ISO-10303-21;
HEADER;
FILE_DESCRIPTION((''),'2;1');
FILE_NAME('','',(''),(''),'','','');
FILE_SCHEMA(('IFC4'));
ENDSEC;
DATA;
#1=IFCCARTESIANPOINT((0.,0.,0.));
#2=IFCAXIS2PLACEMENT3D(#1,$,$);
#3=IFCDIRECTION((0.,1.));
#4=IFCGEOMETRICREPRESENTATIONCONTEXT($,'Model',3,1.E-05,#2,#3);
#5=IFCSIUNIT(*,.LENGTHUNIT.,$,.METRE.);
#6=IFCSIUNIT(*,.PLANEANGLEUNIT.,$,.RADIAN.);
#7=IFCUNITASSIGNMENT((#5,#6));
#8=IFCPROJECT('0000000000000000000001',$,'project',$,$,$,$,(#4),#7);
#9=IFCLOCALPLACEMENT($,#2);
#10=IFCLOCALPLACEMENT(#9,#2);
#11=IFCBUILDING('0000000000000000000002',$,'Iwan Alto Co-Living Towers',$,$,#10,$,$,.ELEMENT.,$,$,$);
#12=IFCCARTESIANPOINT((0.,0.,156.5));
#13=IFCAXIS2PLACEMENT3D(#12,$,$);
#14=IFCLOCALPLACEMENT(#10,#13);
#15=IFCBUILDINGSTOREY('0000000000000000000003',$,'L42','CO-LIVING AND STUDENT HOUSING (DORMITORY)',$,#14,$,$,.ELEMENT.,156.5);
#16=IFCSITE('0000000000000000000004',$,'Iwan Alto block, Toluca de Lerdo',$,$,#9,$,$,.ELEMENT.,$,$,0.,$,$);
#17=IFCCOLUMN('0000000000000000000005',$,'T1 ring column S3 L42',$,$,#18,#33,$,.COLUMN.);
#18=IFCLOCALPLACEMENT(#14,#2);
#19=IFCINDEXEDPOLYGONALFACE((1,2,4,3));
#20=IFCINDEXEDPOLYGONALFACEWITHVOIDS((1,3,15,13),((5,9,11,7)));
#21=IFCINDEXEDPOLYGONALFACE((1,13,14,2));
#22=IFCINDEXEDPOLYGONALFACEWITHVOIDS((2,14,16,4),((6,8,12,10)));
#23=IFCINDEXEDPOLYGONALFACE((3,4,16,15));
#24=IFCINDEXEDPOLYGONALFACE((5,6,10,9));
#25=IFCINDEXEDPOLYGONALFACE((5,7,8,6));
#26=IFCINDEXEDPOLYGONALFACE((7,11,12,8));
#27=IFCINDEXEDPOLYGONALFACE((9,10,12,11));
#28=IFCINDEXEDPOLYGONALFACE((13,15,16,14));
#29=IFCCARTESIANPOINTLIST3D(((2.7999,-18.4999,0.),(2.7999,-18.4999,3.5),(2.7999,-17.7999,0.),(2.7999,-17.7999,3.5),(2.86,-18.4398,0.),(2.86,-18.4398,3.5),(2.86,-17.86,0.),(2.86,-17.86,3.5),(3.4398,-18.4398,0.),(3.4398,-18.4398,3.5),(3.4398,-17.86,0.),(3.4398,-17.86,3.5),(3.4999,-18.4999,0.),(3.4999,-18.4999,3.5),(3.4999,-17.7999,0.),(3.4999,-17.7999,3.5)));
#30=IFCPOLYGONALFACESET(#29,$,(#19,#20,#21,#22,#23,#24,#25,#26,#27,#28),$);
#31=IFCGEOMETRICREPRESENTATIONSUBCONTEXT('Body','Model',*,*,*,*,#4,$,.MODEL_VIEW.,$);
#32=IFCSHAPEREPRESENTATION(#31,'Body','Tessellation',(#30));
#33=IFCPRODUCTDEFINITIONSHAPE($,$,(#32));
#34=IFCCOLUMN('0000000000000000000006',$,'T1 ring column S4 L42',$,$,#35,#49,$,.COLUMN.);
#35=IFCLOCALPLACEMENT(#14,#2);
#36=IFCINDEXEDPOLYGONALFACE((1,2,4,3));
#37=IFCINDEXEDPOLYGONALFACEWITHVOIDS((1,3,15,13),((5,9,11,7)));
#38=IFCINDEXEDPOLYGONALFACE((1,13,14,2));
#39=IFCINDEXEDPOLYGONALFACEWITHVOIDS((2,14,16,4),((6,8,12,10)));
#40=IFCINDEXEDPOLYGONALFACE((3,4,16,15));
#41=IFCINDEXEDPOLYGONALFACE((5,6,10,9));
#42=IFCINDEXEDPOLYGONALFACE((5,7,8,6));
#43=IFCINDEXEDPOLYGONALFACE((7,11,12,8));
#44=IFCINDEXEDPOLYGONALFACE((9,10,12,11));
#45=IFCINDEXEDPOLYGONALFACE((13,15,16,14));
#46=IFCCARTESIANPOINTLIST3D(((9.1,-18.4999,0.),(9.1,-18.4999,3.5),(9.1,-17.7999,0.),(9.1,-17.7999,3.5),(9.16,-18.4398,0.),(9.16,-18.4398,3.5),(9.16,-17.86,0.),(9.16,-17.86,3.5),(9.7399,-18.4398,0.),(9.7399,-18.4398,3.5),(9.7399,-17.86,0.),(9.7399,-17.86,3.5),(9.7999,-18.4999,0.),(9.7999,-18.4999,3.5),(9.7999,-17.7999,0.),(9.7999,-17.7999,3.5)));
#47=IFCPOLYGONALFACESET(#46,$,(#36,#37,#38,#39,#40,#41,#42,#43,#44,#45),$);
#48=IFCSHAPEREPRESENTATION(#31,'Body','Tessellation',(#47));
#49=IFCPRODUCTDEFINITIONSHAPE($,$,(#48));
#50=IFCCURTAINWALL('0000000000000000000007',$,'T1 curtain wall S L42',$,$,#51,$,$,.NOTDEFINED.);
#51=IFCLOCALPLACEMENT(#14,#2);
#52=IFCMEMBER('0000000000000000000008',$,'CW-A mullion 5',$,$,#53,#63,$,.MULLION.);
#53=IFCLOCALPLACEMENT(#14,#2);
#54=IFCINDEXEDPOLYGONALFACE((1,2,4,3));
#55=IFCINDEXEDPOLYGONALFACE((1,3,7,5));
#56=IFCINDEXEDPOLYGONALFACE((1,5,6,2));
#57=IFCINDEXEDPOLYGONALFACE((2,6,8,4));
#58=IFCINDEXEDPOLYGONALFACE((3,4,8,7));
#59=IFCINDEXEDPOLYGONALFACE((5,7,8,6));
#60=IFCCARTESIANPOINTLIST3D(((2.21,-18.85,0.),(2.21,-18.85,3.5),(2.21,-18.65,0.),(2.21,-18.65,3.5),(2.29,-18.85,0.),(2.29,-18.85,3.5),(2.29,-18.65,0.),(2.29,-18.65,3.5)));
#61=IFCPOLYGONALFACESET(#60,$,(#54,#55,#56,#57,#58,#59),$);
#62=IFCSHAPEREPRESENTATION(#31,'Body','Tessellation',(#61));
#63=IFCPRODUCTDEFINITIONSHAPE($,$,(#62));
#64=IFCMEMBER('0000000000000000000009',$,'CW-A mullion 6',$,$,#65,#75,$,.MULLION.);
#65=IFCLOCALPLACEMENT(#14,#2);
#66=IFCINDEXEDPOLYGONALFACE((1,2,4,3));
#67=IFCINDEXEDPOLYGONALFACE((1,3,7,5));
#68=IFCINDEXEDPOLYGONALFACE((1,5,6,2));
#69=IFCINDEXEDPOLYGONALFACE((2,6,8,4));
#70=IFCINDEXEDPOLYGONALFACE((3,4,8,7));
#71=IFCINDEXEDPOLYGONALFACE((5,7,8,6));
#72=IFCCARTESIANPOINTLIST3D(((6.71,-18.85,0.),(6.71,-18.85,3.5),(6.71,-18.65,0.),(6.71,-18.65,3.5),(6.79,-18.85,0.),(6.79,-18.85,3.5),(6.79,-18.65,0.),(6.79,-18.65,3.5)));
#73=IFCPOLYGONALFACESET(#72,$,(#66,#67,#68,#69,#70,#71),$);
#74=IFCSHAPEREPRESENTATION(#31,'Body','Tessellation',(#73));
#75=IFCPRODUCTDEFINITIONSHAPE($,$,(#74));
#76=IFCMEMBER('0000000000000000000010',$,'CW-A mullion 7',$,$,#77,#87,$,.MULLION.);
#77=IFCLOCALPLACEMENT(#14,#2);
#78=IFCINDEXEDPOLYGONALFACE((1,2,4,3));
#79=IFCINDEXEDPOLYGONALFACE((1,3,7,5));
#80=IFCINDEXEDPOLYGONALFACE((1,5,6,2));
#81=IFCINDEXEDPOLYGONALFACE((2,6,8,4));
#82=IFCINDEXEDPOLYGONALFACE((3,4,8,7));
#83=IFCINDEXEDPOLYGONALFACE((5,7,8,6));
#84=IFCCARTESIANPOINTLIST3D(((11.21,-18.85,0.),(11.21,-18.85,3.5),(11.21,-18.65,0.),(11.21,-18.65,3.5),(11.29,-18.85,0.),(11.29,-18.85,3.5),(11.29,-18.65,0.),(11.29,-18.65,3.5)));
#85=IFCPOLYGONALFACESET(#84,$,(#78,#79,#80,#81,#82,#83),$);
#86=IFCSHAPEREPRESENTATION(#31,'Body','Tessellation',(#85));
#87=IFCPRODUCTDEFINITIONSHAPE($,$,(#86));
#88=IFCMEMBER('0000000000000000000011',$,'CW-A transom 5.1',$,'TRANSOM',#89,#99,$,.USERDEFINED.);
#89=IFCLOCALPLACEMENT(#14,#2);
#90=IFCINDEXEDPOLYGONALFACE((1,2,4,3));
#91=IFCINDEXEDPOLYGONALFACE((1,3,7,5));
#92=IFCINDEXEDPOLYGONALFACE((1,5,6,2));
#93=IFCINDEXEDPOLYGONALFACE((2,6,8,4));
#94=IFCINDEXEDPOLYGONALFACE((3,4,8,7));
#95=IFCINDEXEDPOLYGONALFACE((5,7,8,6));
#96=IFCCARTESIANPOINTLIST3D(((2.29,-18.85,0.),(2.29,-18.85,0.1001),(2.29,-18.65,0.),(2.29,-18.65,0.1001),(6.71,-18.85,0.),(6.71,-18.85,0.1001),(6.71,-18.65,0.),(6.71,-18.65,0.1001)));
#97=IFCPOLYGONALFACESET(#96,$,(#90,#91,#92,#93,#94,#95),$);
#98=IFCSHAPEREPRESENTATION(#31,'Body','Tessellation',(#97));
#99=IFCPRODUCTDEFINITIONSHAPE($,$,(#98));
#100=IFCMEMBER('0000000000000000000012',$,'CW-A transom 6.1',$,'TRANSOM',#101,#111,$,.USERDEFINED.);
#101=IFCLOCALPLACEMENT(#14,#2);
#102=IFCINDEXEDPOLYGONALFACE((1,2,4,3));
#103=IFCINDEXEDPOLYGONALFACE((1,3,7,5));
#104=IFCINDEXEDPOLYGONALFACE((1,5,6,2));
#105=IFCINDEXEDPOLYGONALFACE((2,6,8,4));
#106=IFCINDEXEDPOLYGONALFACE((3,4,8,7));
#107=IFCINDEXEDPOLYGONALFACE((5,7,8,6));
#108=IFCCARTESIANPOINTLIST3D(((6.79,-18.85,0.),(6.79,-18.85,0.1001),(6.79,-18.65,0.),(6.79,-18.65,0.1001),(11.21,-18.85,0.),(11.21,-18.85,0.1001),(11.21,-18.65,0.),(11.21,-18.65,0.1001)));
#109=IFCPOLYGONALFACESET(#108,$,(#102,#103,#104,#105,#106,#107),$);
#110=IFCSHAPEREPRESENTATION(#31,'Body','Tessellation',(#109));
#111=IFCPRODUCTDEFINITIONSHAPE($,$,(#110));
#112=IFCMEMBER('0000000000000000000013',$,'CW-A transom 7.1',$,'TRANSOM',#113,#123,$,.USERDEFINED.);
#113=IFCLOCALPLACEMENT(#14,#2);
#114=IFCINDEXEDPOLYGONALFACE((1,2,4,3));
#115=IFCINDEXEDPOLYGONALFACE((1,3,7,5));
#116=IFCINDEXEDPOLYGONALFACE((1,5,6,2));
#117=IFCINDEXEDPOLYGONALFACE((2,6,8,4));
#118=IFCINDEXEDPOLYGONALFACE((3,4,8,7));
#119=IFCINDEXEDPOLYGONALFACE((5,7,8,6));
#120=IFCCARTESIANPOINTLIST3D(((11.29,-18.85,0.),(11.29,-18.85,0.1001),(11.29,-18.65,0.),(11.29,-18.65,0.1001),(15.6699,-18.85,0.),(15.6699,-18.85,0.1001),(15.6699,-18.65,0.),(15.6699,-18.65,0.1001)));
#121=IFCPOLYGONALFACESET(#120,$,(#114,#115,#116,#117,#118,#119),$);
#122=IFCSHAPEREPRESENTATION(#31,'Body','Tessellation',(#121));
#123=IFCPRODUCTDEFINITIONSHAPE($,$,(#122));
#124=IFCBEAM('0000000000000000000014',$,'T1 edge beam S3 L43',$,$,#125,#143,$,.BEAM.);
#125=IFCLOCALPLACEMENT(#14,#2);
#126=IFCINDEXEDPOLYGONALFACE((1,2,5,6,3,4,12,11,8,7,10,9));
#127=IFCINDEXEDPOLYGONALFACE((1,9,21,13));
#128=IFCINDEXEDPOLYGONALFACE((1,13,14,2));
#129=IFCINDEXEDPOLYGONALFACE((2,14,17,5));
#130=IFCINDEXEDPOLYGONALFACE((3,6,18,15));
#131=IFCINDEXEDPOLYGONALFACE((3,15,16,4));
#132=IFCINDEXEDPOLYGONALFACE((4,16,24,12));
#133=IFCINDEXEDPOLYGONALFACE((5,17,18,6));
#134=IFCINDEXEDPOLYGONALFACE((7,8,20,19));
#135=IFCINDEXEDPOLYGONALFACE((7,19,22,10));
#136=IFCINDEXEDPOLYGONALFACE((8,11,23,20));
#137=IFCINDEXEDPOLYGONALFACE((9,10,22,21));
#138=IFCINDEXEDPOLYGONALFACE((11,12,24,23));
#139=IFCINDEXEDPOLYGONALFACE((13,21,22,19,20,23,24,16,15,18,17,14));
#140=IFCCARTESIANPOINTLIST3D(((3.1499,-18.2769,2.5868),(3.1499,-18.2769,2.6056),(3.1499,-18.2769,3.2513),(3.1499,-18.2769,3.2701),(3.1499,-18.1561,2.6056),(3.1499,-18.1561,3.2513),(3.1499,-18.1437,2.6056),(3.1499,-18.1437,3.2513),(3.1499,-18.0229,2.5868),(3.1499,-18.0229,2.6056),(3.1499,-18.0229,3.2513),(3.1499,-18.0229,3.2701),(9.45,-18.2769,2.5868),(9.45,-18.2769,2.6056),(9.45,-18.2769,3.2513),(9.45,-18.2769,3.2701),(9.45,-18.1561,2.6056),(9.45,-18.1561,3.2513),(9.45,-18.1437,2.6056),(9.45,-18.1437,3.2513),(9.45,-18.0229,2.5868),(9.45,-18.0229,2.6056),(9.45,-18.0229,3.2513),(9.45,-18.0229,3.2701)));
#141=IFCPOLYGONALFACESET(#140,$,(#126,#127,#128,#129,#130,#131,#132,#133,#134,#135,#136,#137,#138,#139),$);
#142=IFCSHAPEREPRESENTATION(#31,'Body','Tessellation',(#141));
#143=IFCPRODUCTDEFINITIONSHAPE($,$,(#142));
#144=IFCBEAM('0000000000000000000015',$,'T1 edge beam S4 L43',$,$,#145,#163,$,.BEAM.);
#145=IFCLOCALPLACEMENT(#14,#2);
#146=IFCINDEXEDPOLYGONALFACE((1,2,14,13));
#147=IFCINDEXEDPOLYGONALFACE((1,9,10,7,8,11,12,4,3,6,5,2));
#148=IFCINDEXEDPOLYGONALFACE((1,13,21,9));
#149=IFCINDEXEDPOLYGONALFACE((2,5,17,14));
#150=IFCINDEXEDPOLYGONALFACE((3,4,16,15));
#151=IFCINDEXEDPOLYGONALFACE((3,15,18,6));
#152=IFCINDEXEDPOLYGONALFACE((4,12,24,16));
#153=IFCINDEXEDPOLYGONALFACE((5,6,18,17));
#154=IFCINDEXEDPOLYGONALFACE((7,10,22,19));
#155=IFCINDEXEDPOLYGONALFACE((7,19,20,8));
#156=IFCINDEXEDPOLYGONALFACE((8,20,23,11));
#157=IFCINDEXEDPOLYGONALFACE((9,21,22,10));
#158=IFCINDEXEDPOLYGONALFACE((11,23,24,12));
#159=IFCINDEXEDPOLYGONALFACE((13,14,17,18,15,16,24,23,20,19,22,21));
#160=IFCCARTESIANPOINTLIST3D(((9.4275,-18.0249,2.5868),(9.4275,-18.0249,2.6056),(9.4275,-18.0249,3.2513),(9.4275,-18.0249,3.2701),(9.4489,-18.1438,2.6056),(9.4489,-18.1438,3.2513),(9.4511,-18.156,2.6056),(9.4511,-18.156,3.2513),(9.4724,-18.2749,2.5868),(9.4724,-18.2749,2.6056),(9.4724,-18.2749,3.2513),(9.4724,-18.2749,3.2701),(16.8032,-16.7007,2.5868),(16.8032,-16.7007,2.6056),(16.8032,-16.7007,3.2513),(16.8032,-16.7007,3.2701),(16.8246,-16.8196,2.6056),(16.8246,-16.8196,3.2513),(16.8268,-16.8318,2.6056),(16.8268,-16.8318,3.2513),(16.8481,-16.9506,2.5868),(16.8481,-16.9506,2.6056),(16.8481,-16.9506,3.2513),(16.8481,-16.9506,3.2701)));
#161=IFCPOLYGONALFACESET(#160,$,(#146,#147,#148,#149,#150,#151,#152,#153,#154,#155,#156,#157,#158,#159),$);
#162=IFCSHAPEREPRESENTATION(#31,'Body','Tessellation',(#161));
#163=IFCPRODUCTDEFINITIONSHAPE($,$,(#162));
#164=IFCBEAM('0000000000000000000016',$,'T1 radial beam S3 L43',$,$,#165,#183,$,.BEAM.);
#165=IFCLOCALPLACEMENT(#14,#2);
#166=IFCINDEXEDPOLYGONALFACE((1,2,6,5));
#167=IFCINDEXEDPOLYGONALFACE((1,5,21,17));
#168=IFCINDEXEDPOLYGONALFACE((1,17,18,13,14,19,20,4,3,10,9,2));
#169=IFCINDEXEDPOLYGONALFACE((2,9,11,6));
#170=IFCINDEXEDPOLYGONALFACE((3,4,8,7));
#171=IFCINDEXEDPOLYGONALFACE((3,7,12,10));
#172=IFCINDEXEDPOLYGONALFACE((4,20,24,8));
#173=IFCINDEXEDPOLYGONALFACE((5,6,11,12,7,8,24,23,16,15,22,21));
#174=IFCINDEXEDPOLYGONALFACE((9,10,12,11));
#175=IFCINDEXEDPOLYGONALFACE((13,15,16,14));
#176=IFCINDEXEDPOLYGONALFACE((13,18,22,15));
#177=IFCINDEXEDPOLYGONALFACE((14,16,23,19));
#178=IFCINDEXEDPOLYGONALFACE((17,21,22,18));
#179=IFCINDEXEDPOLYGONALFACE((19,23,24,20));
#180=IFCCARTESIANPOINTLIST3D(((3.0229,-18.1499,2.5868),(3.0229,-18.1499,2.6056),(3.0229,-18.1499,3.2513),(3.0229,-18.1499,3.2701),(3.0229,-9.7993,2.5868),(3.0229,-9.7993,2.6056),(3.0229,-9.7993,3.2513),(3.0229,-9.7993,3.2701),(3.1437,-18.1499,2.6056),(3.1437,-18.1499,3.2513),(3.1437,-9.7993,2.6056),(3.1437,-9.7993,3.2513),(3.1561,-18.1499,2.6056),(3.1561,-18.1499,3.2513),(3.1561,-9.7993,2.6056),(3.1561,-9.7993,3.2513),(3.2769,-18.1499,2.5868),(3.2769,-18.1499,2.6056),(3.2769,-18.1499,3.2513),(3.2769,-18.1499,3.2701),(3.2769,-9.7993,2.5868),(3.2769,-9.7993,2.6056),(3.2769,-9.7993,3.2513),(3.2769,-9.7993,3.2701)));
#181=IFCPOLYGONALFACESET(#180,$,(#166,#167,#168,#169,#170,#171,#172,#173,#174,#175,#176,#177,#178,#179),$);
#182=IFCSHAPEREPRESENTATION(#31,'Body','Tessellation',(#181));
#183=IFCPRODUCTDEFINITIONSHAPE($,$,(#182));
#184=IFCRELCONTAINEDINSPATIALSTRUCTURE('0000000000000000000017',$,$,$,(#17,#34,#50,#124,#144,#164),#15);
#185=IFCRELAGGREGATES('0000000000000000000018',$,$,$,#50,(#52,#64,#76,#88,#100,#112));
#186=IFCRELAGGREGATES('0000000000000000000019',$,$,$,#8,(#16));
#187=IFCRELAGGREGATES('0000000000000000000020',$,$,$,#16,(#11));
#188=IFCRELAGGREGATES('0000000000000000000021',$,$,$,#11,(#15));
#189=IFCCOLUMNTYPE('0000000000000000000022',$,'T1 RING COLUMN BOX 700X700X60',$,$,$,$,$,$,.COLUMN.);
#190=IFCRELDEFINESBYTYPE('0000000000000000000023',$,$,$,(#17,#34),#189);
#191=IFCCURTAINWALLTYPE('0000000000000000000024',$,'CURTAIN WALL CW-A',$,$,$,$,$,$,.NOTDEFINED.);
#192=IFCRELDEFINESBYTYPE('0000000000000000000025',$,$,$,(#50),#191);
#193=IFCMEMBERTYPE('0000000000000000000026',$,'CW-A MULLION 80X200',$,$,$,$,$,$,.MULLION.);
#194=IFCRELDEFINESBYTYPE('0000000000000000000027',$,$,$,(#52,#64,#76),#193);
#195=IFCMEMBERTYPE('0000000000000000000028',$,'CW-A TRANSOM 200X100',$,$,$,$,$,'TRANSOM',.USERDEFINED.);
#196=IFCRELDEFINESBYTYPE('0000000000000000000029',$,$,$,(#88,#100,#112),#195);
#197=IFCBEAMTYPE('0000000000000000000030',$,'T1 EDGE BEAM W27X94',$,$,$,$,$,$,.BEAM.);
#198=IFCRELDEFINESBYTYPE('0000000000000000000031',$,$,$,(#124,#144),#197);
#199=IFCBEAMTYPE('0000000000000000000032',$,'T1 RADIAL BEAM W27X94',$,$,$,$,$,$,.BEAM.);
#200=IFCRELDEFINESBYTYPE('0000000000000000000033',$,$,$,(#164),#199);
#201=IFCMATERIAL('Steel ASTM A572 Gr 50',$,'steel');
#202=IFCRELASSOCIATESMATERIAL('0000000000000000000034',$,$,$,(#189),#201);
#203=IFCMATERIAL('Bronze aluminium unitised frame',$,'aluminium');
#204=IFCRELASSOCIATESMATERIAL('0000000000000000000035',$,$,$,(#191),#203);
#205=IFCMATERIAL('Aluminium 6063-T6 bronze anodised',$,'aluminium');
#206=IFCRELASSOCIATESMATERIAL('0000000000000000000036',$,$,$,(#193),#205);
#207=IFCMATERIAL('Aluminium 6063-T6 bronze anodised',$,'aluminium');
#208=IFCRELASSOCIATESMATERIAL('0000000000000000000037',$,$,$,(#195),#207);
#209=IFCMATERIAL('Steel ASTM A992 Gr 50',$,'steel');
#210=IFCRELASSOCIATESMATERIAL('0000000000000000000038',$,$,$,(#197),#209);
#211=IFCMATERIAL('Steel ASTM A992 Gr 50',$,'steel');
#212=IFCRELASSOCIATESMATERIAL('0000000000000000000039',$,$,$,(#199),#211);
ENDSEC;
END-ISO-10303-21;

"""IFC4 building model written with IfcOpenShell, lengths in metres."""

from ifc_helpers import new_model, si_unit, direction, frame, origin, origin_2d, place, context, subcontext, project, spatial, rectangle, hollow_rectangle, i_section, extrude, material, material_profile, profile_set, type_object, element, aggregate, save


model = new_model("IFC4")

# Units and contexts
model_context = context("Model", 3, precision=1e-05, world=origin(), true_north=direction((0.0, 1.0)))
body_context = subcontext(model_context, "Body", "Model", "MODEL_VIEW")
ifc_project = project(units=[si_unit("LENGTHUNIT", "METRE"), si_unit("PLANEANGLEUNIT", "RADIAN")], contexts=[model_context])

# Site, building, storey
site_placement = place(None, origin())
site = spatial("IfcSite", under=ifc_project, at=site_placement, Name="Iwan Alto block, Toluca de Lerdo", CompositionType="ELEMENT", RefElevation=0.0)
building_placement = place(site_placement, origin())
building = spatial("IfcBuilding", under=site, at=building_placement, Name="Iwan Alto Co-Living Towers", CompositionType="ELEMENT")
storey_placement = place(building_placement, frame((0.0, 0.0, 156.5)))
storey = spatial("IfcBuildingStorey", under=building, at=storey_placement, Name="L42", Description="CO-LIVING AND STUDENT HOUSING (DORMITORY)", CompositionType="ELEMENT", Elevation=156.5)

# Columns
ifc_material_1 = material(Name="Steel ASTM A572 Gr 50", Category="steel")
ifc_material_profile_1 = material_profile(ifc_material_1, hollow_rectangle(XDim=0.7, YDim=0.7, WallThickness=0.0601, at=origin_2d()), Name="BOX 700X700X60")
ifc_profile_set_1 = profile_set([ifc_material_profile_1], Name="Steel ASTM A572 Gr 50")
column_type = type_object("IfcColumnType", Name="T1 RING COLUMN BOX 700X700X60", PredefinedType="COLUMN", material=ifc_profile_set_1)
for number, where, z_axis, x_axis, name in (
    (1, (3.1499, -18.1499, 0.0), (0.0, 0.0, 1.0), (1.0, 0.0, 0.0), "T1 ring column S3 L42"),
    (2, (9.45, -18.1499, 0.0), (0.0, 0.0, 1.0), (1.0, 0.0, 0.0), "T1 ring column S4 L42"),
):
    element("IfcColumn", number, at=place(storey_placement, frame(where, z_axis=z_axis, x_axis=x_axis)), inside=storey, type_object=column_type, Name=name, PredefinedType="COLUMN", context=body_context, shape_type="SweptSolid", body=[
        extrude(hollow_rectangle(XDim=0.7, YDim=0.7, WallThickness=0.0601, at=origin_2d()), origin(), (0.0, 0.0, 1.0), 3.5),
    ])

# Curtain wall, members
ifc_material_2 = material(Name="Bronze aluminium unitised frame", Category="aluminium")
curtain_wall_type = type_object("IfcCurtainWallType", Name="CURTAIN WALL CW-A", PredefinedType="NOTDEFINED", material=ifc_material_2)
curtain_wall_placement = place(storey_placement, origin())
curtain_wall = element("IfcCurtainWall", 3, at=curtain_wall_placement, inside=storey, type_object=curtain_wall_type, Name="T1 curtain wall S L42", PredefinedType="NOTDEFINED")
ifc_material_3 = material(Name="Aluminium 6063-T6 bronze anodised", Category="aluminium")
ifc_material_profile_2 = material_profile(ifc_material_3, rectangle(XDim=0.2, YDim=0.0801, at=origin_2d()), Name="AL 80X200")
ifc_profile_set_2 = profile_set([ifc_material_profile_2], Name="Aluminium 6063-T6 bronze anodised")
member_type_1 = type_object("IfcMemberType", Name="CW-A MULLION 80X200", PredefinedType="MULLION", material=ifc_profile_set_2)
member_1_placement = place(storey_placement, frame((2.25, -18.75, 0.0), z_axis=(0.0, 0.0, 1.0), x_axis=(0.0, 1.0, 0.0)))
member_1 = element("IfcMember", 4, at=member_1_placement, type_object=member_type_1, Name="CW-A mullion 5", PredefinedType="MULLION", context=body_context, shape_type="SweptSolid", body=[
    extrude(rectangle(XDim=0.2, YDim=0.0801, at=origin_2d()), origin(), (0.0, 0.0, 1.0), 3.5),
])
member_2_placement = place(storey_placement, frame((6.75, -18.75, 0.0), z_axis=(0.0, 0.0, 1.0), x_axis=(0.0, 1.0, 0.0)))
member_2 = element("IfcMember", 5, at=member_2_placement, type_object=member_type_1, Name="CW-A mullion 6", PredefinedType="MULLION", context=body_context, shape_type="SweptSolid", body=[
    extrude(rectangle(XDim=0.2, YDim=0.0801, at=origin_2d()), origin(), (0.0, 0.0, 1.0), 3.5),
])
member_3_placement = place(storey_placement, frame((11.25, -18.75, 0.0), z_axis=(0.0, 0.0, 1.0), x_axis=(0.0, 1.0, 0.0)))
member_3 = element("IfcMember", 6, at=member_3_placement, type_object=member_type_1, Name="CW-A mullion 7", PredefinedType="MULLION", context=body_context, shape_type="SweptSolid", body=[
    extrude(rectangle(XDim=0.2, YDim=0.0801, at=origin_2d()), origin(), (0.0, 0.0, 1.0), 3.5),
])
ifc_material_4 = material(Name="Aluminium 6063-T6 bronze anodised", Category="aluminium")
ifc_material_profile_3 = material_profile(ifc_material_4, rectangle(XDim=0.2, YDim=0.1001, at=origin_2d()), Name="AL 200X100")
ifc_profile_set_3 = profile_set([ifc_material_profile_3], Name="Aluminium 6063-T6 bronze anodised")
member_type_2 = type_object("IfcMemberType", Name="CW-A TRANSOM 200X100", ElementType="TRANSOM", PredefinedType="USERDEFINED", material=ifc_profile_set_3)
member_4_placement = place(storey_placement, frame((2.29, -18.75, 0.05), z_axis=(1.0, 0.0, 0.0), x_axis=(0.0, 1.0, 0.0)))
member_4 = element("IfcMember", 7, at=member_4_placement, type_object=member_type_2, Name="CW-A transom 5.1", ObjectType="TRANSOM", PredefinedType="USERDEFINED", context=body_context, shape_type="SweptSolid", body=[
    extrude(rectangle(XDim=0.2, YDim=0.1001, at=origin_2d()), origin(), (0.0, 0.0, 1.0), 4.4199),
])
member_5_placement = place(storey_placement, frame((6.79, -18.75, 0.05), z_axis=(1.0, 0.0, 0.0), x_axis=(0.0, 1.0, 0.0)))
member_5 = element("IfcMember", 8, at=member_5_placement, type_object=member_type_2, Name="CW-A transom 6.1", ObjectType="TRANSOM", PredefinedType="USERDEFINED", context=body_context, shape_type="SweptSolid", body=[
    extrude(rectangle(XDim=0.2, YDim=0.1001, at=origin_2d()), origin(), (0.0, 0.0, 1.0), 4.4199),
])
member_6_placement = place(storey_placement, frame((11.29, -18.75, 0.05), z_axis=(1.0, 0.0, 0.0), x_axis=(0.0, 1.0, 0.0)))
member_6 = element("IfcMember", 9, at=member_6_placement, type_object=member_type_2, Name="CW-A transom 7.1", ObjectType="TRANSOM", PredefinedType="USERDEFINED", context=body_context, shape_type="SweptSolid", body=[
    extrude(rectangle(XDim=0.2, YDim=0.1001, at=origin_2d()), origin(), (0.0, 0.0, 1.0), 4.3799),
])

# Beams
ifc_material_5 = material(Name="Steel ASTM A992 Gr 50", Category="steel")
ifc_material_profile_4 = material_profile(ifc_material_5, i_section(OverallWidth=0.2539, OverallDepth=0.6833, WebThickness=0.0125, FlangeThickness=0.0188, at=origin_2d()), Name="W27X94")
ifc_profile_set_4 = profile_set([ifc_material_profile_4], Name="Steel ASTM A992 Gr 50")
beam_type_1 = type_object("IfcBeamType", Name="T1 EDGE BEAM W27X94", PredefinedType="BEAM", material=ifc_profile_set_4)
beam_1_placement = place(storey_placement, frame((3.1499, -18.1499, 2.9285), z_axis=(1.0, 0.0, 0.0), x_axis=(0.0, 1.0, 0.0)))
element("IfcBeam", 10, at=beam_1_placement, inside=storey, type_object=beam_type_1, Name="T1 edge beam S3 L43", PredefinedType="BEAM", context=body_context, shape_type="SweptSolid", body=[
    extrude(i_section(OverallWidth=0.2539, OverallDepth=0.6833, WebThickness=0.0125, FlangeThickness=0.0188, at=origin_2d()), origin(), (0.0, 0.0, 1.0), 6.3),
])
beam_2_placement = place(storey_placement, frame((9.45, -18.1499, 2.9285), z_axis=(0.984263, 0.176712, 0.0), x_axis=(-0.176712, 0.984263, 0.0)))
element("IfcBeam", 11, at=beam_2_placement, inside=storey, type_object=beam_type_1, Name="T1 edge beam S4 L43", PredefinedType="BEAM", context=body_context, shape_type="SweptSolid", body=[
    extrude(i_section(OverallWidth=0.2539, OverallDepth=0.6833, WebThickness=0.0125, FlangeThickness=0.0188, at=origin_2d()), origin(), (0.0, 0.0, 1.0), 7.4937),
])
ifc_material_6 = material(Name="Steel ASTM A992 Gr 50", Category="steel")
ifc_material_profile_5 = material_profile(ifc_material_6, i_section(OverallWidth=0.2539, OverallDepth=0.6833, WebThickness=0.0125, FlangeThickness=0.0188, at=origin_2d()), Name="W27X94")
ifc_profile_set_5 = profile_set([ifc_material_profile_5], Name="Steel ASTM A992 Gr 50")
beam_type_2 = type_object("IfcBeamType", Name="T1 RADIAL BEAM W27X94", PredefinedType="BEAM", material=ifc_profile_set_5)
beam_3_placement = place(storey_placement, frame((3.1499, -18.1499, 2.9285), z_axis=(0.0, 1.0, 0.0), x_axis=(-1.0, 0.0, 0.0)))
element("IfcBeam", 12, at=beam_3_placement, inside=storey, type_object=beam_type_2, Name="T1 radial beam S3 L43", PredefinedType="BEAM", context=body_context, shape_type="SweptSolid", body=[
    extrude(i_section(OverallWidth=0.2539, OverallDepth=0.6833, WebThickness=0.0125, FlangeThickness=0.0188, at=origin_2d()), origin(), (0.0, 0.0, 1.0), 8.3506),
])

aggregate(curtain_wall, [member_1, member_2, member_3, member_4, member_5, member_6])

save(model, "model.ifc")
